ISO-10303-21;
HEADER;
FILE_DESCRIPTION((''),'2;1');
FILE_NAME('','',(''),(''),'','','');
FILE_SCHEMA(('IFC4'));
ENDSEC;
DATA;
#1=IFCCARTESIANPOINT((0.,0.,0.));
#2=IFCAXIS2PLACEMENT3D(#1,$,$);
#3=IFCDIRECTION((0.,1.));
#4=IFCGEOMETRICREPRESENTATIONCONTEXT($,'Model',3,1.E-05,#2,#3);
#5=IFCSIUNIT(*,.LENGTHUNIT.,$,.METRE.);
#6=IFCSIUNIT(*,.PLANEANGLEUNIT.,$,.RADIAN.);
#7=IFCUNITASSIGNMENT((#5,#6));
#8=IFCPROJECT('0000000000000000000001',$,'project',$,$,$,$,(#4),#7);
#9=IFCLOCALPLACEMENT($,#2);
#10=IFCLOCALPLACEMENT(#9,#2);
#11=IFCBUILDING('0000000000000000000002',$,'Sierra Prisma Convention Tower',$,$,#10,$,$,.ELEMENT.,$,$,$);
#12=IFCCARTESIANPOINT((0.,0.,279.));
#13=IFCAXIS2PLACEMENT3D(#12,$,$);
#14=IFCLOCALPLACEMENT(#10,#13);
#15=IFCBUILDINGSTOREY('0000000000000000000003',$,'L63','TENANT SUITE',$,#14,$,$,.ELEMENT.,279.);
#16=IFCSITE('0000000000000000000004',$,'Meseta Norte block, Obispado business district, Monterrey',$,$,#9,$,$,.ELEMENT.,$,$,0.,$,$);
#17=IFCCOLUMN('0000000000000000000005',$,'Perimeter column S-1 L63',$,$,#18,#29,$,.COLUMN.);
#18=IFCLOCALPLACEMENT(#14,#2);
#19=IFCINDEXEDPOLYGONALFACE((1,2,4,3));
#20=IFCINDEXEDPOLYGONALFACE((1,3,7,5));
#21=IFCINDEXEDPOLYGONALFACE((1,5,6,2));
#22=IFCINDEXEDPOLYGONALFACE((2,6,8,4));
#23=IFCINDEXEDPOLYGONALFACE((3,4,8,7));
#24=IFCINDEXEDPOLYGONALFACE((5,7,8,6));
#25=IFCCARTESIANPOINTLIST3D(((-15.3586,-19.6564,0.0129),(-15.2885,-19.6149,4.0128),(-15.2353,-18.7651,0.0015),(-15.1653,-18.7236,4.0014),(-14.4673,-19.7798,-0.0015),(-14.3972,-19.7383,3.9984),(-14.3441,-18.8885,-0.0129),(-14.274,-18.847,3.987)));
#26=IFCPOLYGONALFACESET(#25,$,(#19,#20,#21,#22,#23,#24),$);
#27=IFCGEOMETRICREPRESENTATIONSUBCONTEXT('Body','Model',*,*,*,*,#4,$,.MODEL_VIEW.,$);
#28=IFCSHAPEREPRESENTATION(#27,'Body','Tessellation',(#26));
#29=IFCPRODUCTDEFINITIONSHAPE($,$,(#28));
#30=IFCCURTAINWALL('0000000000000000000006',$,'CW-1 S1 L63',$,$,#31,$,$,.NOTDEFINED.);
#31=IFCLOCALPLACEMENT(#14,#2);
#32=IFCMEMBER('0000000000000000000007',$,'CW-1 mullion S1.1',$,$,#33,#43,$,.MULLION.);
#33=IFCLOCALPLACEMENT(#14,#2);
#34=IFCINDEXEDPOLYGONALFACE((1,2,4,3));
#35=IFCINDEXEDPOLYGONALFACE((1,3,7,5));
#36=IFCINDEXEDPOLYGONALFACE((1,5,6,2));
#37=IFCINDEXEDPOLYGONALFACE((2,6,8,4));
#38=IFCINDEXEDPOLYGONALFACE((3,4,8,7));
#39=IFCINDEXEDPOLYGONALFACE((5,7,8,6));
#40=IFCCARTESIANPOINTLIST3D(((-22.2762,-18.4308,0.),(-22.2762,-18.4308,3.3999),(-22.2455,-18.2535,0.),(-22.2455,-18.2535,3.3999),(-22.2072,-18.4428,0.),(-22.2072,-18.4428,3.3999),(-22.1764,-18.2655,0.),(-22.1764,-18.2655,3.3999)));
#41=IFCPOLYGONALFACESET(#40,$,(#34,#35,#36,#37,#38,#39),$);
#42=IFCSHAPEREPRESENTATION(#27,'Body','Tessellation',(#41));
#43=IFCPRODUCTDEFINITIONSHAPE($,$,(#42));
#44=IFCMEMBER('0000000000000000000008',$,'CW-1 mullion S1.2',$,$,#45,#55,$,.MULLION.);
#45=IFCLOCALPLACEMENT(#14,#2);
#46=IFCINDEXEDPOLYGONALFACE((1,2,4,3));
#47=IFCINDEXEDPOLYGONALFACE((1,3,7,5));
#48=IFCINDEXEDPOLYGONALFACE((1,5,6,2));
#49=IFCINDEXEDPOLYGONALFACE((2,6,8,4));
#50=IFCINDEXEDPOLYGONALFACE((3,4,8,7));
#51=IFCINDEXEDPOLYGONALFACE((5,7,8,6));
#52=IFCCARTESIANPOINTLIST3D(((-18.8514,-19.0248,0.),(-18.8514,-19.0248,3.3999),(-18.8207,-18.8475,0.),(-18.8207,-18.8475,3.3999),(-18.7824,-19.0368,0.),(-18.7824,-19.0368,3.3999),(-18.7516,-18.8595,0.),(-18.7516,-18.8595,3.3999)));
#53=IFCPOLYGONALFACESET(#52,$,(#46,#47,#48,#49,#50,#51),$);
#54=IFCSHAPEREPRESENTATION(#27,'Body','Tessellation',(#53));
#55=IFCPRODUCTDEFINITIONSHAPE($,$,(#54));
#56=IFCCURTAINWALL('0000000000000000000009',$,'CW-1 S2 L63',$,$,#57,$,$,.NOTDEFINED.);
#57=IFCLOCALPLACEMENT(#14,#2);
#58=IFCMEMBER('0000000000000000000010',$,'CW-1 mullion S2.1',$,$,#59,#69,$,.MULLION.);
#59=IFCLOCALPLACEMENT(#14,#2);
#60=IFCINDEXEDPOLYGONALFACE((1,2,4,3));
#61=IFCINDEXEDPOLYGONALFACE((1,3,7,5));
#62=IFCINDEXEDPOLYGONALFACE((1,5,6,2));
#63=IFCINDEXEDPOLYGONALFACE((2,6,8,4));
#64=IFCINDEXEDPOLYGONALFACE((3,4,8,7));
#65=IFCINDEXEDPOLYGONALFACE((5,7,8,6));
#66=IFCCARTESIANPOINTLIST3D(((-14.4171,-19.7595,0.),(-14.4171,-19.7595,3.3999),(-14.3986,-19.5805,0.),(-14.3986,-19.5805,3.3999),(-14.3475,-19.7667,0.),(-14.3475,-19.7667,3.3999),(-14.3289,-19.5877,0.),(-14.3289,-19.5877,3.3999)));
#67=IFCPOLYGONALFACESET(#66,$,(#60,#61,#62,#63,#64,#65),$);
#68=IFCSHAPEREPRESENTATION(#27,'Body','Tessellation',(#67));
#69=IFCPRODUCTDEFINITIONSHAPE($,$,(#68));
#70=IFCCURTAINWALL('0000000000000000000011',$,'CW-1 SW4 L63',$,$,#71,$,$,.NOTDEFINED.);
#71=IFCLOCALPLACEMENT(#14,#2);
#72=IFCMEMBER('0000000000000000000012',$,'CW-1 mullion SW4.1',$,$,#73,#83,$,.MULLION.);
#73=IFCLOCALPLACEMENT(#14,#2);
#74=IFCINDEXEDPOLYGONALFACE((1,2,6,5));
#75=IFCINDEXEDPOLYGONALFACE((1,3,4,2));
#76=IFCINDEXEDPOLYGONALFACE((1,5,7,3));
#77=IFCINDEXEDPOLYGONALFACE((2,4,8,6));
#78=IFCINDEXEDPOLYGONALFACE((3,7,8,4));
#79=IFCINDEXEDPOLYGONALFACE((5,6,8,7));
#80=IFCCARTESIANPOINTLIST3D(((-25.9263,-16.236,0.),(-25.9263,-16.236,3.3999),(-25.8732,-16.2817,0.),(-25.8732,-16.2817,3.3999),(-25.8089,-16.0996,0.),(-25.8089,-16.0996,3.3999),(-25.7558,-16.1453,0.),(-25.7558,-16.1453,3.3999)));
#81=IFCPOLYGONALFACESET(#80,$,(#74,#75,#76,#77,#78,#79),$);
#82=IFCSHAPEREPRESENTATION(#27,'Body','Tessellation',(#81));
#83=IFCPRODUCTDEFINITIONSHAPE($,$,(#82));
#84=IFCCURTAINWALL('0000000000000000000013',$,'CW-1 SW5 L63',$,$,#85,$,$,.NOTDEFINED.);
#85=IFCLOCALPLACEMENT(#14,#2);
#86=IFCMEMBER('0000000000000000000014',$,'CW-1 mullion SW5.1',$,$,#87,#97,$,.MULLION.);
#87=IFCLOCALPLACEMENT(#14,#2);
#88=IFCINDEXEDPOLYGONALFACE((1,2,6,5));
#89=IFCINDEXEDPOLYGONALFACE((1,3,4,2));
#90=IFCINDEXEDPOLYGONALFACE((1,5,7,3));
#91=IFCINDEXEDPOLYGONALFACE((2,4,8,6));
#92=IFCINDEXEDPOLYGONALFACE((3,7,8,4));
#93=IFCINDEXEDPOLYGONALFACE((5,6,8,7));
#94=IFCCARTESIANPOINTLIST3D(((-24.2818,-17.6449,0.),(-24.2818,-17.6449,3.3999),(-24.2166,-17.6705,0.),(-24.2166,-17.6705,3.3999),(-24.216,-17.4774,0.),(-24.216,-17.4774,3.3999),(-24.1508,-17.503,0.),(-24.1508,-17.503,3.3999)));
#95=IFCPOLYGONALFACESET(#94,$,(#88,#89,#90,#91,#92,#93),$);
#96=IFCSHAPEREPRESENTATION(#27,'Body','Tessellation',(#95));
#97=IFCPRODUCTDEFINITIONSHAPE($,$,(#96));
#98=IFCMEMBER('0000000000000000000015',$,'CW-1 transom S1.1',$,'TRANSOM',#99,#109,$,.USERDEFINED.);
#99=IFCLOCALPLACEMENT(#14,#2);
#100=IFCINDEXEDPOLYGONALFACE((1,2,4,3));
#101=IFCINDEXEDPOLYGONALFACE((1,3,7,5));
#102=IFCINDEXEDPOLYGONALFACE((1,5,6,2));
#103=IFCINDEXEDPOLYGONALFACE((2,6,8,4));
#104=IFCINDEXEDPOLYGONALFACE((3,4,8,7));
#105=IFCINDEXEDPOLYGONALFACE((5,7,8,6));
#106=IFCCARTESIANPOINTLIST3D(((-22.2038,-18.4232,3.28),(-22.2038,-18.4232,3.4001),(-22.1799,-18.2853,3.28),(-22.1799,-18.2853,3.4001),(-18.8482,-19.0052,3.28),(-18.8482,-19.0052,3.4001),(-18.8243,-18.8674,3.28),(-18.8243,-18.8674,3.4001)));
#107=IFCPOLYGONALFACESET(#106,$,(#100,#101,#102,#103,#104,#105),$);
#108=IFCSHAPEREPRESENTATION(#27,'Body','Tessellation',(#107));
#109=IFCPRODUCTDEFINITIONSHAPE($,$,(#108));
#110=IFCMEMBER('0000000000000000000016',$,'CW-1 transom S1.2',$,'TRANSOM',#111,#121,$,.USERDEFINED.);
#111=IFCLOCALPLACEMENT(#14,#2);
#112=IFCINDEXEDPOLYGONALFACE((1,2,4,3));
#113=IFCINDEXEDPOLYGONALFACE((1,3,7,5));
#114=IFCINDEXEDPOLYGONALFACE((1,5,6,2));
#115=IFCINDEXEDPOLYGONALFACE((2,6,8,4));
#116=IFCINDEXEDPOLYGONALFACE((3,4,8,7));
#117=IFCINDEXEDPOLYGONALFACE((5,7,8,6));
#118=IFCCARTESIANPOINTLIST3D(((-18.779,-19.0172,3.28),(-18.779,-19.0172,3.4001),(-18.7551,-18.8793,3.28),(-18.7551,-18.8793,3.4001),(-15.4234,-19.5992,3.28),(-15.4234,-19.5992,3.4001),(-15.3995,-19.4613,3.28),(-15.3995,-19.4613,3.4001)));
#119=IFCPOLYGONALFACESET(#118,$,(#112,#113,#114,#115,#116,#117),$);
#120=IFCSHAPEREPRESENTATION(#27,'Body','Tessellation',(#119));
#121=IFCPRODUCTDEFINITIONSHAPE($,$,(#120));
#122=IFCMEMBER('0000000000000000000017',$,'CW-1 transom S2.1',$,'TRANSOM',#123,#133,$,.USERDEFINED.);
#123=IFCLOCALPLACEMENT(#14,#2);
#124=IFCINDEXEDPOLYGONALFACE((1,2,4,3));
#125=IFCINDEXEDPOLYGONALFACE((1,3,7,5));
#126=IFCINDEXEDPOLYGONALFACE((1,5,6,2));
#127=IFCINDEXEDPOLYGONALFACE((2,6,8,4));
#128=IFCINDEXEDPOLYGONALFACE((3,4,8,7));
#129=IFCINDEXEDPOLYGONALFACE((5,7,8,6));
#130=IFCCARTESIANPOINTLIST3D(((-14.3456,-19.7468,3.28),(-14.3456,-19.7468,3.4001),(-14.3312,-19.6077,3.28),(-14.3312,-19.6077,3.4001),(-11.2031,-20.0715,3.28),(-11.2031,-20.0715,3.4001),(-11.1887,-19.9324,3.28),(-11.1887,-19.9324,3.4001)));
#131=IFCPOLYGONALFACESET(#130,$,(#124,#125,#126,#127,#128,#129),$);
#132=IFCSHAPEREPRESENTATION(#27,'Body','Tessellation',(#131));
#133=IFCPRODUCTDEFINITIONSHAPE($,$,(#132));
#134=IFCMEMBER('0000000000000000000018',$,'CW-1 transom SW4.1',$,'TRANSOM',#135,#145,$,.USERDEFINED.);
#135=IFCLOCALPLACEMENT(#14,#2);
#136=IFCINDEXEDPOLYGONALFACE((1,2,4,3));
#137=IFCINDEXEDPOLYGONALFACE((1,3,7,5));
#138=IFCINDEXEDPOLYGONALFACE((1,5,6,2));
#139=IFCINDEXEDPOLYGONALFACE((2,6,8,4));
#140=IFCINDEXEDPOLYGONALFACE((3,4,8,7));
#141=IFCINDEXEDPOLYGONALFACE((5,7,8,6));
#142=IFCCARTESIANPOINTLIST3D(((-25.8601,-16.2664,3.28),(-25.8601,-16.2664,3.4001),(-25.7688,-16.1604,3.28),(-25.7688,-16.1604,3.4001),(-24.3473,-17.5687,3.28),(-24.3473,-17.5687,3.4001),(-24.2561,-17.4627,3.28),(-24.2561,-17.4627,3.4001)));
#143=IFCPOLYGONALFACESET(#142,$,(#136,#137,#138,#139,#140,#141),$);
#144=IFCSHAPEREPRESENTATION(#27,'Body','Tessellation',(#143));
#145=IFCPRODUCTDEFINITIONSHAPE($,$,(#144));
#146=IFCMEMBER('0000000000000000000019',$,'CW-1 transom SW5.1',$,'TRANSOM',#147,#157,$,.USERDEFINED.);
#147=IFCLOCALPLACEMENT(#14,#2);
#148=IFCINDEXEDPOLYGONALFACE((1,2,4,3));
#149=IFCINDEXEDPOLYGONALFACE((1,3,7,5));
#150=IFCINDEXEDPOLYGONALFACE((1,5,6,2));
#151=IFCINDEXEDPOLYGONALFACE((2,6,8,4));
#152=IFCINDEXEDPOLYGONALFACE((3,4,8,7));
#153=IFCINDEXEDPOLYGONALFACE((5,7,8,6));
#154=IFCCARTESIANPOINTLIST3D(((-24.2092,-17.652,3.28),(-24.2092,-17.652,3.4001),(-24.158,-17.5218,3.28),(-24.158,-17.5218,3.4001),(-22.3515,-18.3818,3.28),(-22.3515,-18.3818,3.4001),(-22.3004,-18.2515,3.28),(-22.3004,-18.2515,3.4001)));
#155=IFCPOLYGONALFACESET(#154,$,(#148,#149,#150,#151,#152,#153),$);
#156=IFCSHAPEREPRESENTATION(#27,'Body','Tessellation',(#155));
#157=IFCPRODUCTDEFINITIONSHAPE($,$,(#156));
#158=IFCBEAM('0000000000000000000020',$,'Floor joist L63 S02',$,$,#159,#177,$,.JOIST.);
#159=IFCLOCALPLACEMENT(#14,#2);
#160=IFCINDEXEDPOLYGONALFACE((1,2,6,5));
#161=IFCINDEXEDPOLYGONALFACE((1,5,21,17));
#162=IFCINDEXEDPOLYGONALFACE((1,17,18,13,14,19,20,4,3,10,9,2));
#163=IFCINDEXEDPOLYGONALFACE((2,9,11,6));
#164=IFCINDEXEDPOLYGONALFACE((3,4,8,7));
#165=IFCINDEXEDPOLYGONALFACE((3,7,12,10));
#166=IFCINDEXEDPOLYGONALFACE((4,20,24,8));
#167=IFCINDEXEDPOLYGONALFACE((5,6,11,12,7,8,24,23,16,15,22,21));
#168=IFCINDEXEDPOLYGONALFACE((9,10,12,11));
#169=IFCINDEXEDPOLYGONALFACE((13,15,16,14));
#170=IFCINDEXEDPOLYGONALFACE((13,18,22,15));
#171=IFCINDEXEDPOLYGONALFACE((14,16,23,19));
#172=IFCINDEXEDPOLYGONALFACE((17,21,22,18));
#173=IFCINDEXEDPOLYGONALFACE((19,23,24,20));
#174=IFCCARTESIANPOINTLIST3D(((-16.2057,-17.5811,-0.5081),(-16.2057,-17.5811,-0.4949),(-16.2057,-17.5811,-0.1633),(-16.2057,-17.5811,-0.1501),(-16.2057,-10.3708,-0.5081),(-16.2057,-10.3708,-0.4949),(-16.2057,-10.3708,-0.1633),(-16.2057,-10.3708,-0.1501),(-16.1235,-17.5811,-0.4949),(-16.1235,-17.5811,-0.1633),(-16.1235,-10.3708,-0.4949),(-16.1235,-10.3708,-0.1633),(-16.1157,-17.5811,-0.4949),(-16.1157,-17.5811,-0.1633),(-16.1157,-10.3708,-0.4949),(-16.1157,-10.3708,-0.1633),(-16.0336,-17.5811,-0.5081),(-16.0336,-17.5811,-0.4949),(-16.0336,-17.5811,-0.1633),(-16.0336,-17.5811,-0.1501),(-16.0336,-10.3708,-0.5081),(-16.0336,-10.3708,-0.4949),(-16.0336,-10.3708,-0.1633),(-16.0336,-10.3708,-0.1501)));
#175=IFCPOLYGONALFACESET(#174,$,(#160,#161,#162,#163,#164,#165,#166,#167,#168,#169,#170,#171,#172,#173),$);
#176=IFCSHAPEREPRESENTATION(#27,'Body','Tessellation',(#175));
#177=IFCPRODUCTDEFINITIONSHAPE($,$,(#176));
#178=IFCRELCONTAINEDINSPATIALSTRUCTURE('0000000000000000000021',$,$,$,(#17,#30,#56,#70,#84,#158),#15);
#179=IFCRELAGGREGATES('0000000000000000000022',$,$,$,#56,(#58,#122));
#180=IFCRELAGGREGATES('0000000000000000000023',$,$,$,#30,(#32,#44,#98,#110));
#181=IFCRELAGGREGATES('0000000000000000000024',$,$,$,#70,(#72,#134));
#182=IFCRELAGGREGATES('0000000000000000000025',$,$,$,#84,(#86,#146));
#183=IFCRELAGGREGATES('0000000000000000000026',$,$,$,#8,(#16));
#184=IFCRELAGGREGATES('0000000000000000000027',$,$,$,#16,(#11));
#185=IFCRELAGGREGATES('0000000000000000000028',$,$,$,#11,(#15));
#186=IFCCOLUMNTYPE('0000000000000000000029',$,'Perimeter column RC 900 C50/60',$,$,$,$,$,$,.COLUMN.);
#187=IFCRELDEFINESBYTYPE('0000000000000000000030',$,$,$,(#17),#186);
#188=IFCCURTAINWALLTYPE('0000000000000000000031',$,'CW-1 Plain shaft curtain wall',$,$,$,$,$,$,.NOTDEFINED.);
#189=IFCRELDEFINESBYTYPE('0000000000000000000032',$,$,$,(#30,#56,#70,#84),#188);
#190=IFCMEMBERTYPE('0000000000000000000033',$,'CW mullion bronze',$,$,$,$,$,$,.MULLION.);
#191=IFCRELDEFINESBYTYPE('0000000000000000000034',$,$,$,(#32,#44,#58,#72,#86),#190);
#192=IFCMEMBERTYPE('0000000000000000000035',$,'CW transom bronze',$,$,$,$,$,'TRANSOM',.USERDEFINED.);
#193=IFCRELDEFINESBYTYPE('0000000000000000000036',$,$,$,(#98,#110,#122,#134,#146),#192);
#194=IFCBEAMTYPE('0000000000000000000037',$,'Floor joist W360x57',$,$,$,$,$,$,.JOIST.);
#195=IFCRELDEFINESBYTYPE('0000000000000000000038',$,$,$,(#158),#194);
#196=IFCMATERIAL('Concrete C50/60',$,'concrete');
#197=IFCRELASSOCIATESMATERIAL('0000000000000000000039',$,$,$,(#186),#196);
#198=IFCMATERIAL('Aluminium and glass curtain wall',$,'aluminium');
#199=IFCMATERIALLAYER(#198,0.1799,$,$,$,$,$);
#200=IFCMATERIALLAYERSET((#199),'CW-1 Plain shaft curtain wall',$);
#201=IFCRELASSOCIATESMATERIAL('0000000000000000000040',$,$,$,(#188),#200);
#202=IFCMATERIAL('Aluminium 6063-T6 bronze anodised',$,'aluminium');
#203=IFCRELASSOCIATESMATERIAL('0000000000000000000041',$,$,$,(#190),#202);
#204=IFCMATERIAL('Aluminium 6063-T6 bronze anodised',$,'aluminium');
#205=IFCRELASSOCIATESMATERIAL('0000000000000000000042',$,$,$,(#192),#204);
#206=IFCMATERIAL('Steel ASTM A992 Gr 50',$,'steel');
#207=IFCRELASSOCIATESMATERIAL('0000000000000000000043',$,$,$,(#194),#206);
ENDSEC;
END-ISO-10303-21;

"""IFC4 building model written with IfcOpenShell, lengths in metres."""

from ifc_helpers import new_model, si_unit, direction, frame, origin, origin_2d, place, context, subcontext, project, spatial, rectangle, i_section, extrude, material, layer, layer_set, material_profile, profile_set, type_object, element, aggregate, save


model = new_model("IFC4")

# Units and contexts
model_context = context("Model", 3, precision=1e-05, world=origin(), true_north=direction((0.0, 1.0)))
body_context = subcontext(model_context, "Body", "Model", "MODEL_VIEW")
ifc_project = project(units=[si_unit("LENGTHUNIT", "METRE"), si_unit("PLANEANGLEUNIT", "RADIAN")], contexts=[model_context])

# Site, building, storey
site_placement = place(None, origin())
site = spatial("IfcSite", under=ifc_project, at=site_placement, Name="Meseta Norte block, Obispado business district, Monterrey", CompositionType="ELEMENT", RefElevation=0.0)
building_placement = place(site_placement, origin())
building = spatial("IfcBuilding", under=site, at=building_placement, Name="Sierra Prisma Convention Tower", CompositionType="ELEMENT")
storey_placement = place(building_placement, frame((0.0, 0.0, 279.0)))
storey = spatial("IfcBuildingStorey", under=building, at=storey_placement, Name="L63", Description="TENANT SUITE", CompositionType="ELEMENT", Elevation=279.0)

# Column
ifc_material_1 = material(Name="Concrete C50/60", Category="concrete")
ifc_material_profile_1 = material_profile(ifc_material_1, rectangle(XDim=0.8999, YDim=0.8999, at=origin_2d()), Name="Perimeter column RC 900 C50/60")
ifc_profile_set_1 = profile_set([ifc_material_profile_1], Name="Concrete C50/60")
column_type = type_object("IfcColumnType", Name="Perimeter column RC 900 C50/60", PredefinedType="COLUMN", material=ifc_profile_set_1)
column_placement = place(storey_placement, frame((-14.8513, -19.2725, 0.0), z_axis=(0.017513, 0.010374, 0.999793), x_axis=(-0.990424, 0.137137, 0.015926)))
element("IfcColumn", 1, at=column_placement, inside=storey, type_object=column_type, Name="Perimeter column S-1 L63", PredefinedType="COLUMN", context=body_context, shape_type="SweptSolid", body=[
    extrude(rectangle(XDim=0.8999, YDim=0.8999, at=origin_2d()), origin(), (0.0, 0.0, 1.0), 4.0007),
])

# Curtain wall, members
ifc_material_2 = material(Name="Aluminium and glass curtain wall", Category="aluminium")
ifc_layer_1 = layer(ifc_material_2, 0.1799)
ifc_layer_set_1 = layer_set([ifc_layer_1], Name="CW-1 Plain shaft curtain wall")
curtain_wall_type = type_object("IfcCurtainWallType", Name="CW-1 Plain shaft curtain wall", PredefinedType="NOTDEFINED", material=ifc_layer_set_1)
curtain_wall_1_placement = place(storey_placement, origin())
curtain_wall_1 = element("IfcCurtainWall", 2, at=curtain_wall_1_placement, inside=storey, type_object=curtain_wall_type, Name="CW-1 S1 L63", PredefinedType="NOTDEFINED")
ifc_material_3 = material(Name="Aluminium 6063-T6 bronze anodised", Category="aluminium")
ifc_material_profile_2 = material_profile(ifc_material_3, rectangle(XDim=0.1799, YDim=0.0701, at=origin_2d()), Name="ALU MULLION 70x180")
ifc_profile_set_2 = profile_set([ifc_material_profile_2], Name="Aluminium 6063-T6 bronze anodised")
member_type_1 = type_object("IfcMemberType", Name="CW mullion bronze", PredefinedType="MULLION", material=ifc_profile_set_2)
member_1_placement = place(storey_placement, frame((-22.2263, -18.3481, 0.0), z_axis=(0.0, 0.0, 1.0), x_axis=(0.170902, 0.985288, 0.0)))
member_1 = element("IfcMember", 3, at=member_1_placement, type_object=member_type_1, Name="CW-1 mullion S1.1", PredefinedType="MULLION", context=body_context, shape_type="SweptSolid", body=[
    extrude(rectangle(XDim=0.1799, YDim=0.0701, at=origin_2d()), origin(), (0.0, 0.0, 1.0), 3.3999),
])
member_2_placement = place(storey_placement, frame((-18.8015, -18.9421, 0.0), z_axis=(0.0, 0.0, 1.0), x_axis=(0.170902, 0.985288, 0.0)))
member_2 = element("IfcMember", 4, at=member_2_placement, type_object=member_type_1, Name="CW-1 mullion S1.2", PredefinedType="MULLION", context=body_context, shape_type="SweptSolid", body=[
    extrude(rectangle(XDim=0.1799, YDim=0.0701, at=origin_2d()), origin(), (0.0, 0.0, 1.0), 3.3999),
])

# Curtain walls, members
curtain_wall_2_placement = place(storey_placement, origin())
curtain_wall_2 = element("IfcCurtainWall", 5, at=curtain_wall_2_placement, inside=storey, type_object=curtain_wall_type, Name="CW-1 S2 L63", PredefinedType="NOTDEFINED")
member_3_placement = place(storey_placement, frame((-14.373, -19.6736, 0.0), z_axis=(0.0, 0.0, 1.0), x_axis=(0.102865, 0.994695, 0.0)))
member_3 = element("IfcMember", 6, at=member_3_placement, type_object=member_type_1, Name="CW-1 mullion S2.1", PredefinedType="MULLION", context=body_context, shape_type="SweptSolid", body=[
    extrude(rectangle(XDim=0.1799, YDim=0.0701, at=origin_2d()), origin(), (0.0, 0.0, 1.0), 3.3999),
])
curtain_wall_3_placement = place(storey_placement, origin())
curtain_wall_3 = element("IfcCurtainWall", 7, at=curtain_wall_3_placement, inside=storey, type_object=curtain_wall_type, Name="CW-1 SW4 L63", PredefinedType="NOTDEFINED")
member_4_placement = place(storey_placement, frame((-25.8411, -16.1907, 0.0), z_axis=(0.0, 0.0, 1.0), x_axis=(0.652407, 0.757869, 0.0)))
member_4 = element("IfcMember", 8, at=member_4_placement, type_object=member_type_1, Name="CW-1 mullion SW4.1", PredefinedType="MULLION", context=body_context, shape_type="SweptSolid", body=[
    extrude(rectangle(XDim=0.1799, YDim=0.0701, at=origin_2d()), origin(), (0.0, 0.0, 1.0), 3.3999),
])
curtain_wall_4_placement = place(storey_placement, origin())
curtain_wall_4 = element("IfcCurtainWall", 9, at=curtain_wall_4_placement, inside=storey, type_object=curtain_wall_type, Name="CW-1 SW5 L63", PredefinedType="NOTDEFINED")
member_5_placement = place(storey_placement, frame((-24.2163, -17.574, 0.0), z_axis=(0.0, 0.0, 1.0), x_axis=(0.365634, 0.930759, 0.0)))
member_5 = element("IfcMember", 10, at=member_5_placement, type_object=member_type_1, Name="CW-1 mullion SW5.1", PredefinedType="MULLION", context=body_context, shape_type="SweptSolid", body=[
    extrude(rectangle(XDim=0.1799, YDim=0.0701, at=origin_2d()), origin(), (0.0, 0.0, 1.0), 3.3999),
])

# Members
ifc_material_4 = material(Name="Aluminium 6063-T6 bronze anodised", Category="aluminium")
ifc_material_profile_3 = material_profile(ifc_material_4, rectangle(XDim=0.1399, YDim=0.1201, at=origin_2d()), Name="ALU TRANSOM 120x140")
ifc_profile_set_3 = profile_set([ifc_material_profile_3], Name="Aluminium 6063-T6 bronze anodised")
member_type_2 = type_object("IfcMemberType", Name="CW transom bronze", ElementType="TRANSOM", PredefinedType="USERDEFINED", material=ifc_profile_set_3)
member_6_placement = place(storey_placement, frame((-22.1919, -18.3542, 3.3401), z_axis=(0.98529, -0.170893, 0.0), x_axis=(0.170893, 0.98529, 0.0)))
member_6 = element("IfcMember", 11, at=member_6_placement, type_object=member_type_2, Name="CW-1 transom S1.1", ObjectType="TRANSOM", PredefinedType="USERDEFINED", context=body_context, shape_type="SweptSolid", body=[
    extrude(rectangle(XDim=0.1399, YDim=0.1201, at=origin_2d()), origin(), (0.0, 0.0, 1.0), 3.4058),
])
member_7_placement = place(storey_placement, frame((-18.7671, -18.9482, 3.3401), z_axis=(0.98529, -0.170893, 0.0), x_axis=(0.170893, 0.98529, 0.0)))
member_7 = element("IfcMember", 12, at=member_7_placement, type_object=member_type_2, Name="CW-1 transom S1.2", ObjectType="TRANSOM", PredefinedType="USERDEFINED", context=body_context, shape_type="SweptSolid", body=[
    extrude(rectangle(XDim=0.1399, YDim=0.1201, at=origin_2d()), origin(), (0.0, 0.0, 1.0), 3.4058),
])
member_8_placement = place(storey_placement, frame((-14.3384, -19.6772, 3.3401), z_axis=(0.994704, -0.102786, 0.0), x_axis=(0.102786, 0.994704, 0.0)))
member_8 = element("IfcMember", 13, at=member_8_placement, type_object=member_type_2, Name="CW-1 transom S2.1", ObjectType="TRANSOM", PredefinedType="USERDEFINED", context=body_context, shape_type="SweptSolid", body=[
    extrude(rectangle(XDim=0.1399, YDim=0.1201, at=origin_2d()), origin(), (0.0, 0.0, 1.0), 3.1592),
])
aggregate(curtain_wall_2, [member_3, member_8])
member_9_placement = place(storey_placement, frame((-25.8145, -16.2134, 3.3401), z_axis=(0.757856, -0.652422, 0.0), x_axis=(0.652422, 0.757856, 0.0)))
member_9 = element("IfcMember", 14, at=member_9_placement, type_object=member_type_2, Name="CW-1 transom SW4.1", ObjectType="TRANSOM", PredefinedType="USERDEFINED", context=body_context, shape_type="SweptSolid", body=[
    extrude(rectangle(XDim=0.1399, YDim=0.1201, at=origin_2d()), origin(), (0.0, 0.0, 1.0), 1.9961),
])
member_10_placement = place(storey_placement, frame((-24.1836, -17.5869, 3.3401), z_axis=(0.930762, -0.365626, 0.0), x_axis=(0.365626, 0.930762, 0.0)))
member_10 = element("IfcMember", 15, at=member_10_placement, type_object=member_type_2, Name="CW-1 transom SW5.1", ObjectType="TRANSOM", PredefinedType="USERDEFINED", context=body_context, shape_type="SweptSolid", body=[
    extrude(rectangle(XDim=0.1399, YDim=0.1201, at=origin_2d()), origin(), (0.0, 0.0, 1.0), 1.9958),
])

# Beam
ifc_material_5 = material(Name="Steel ASTM A992 Gr 50", Category="steel")
ifc_material_profile_4 = material_profile(ifc_material_5, i_section(OverallWidth=0.1721, OverallDepth=0.3579, WebThickness=0.0078, FlangeThickness=0.0132, at=origin_2d()), Name="W360x57")
ifc_profile_set_4 = profile_set([ifc_material_profile_4], Name="Steel ASTM A992 Gr 50")
beam_type_1 = type_object("IfcBeamType", Name="Floor joist W360x57", PredefinedType="JOIST", material=ifc_profile_set_4)
beam_1_placement = place(storey_placement, frame((-16.1196, -17.5811, -0.3291), z_axis=(0.0, 1.0, 0.0), x_axis=(-1.0, 0.0, 0.0)))
element("IfcBeam", 16, at=beam_1_placement, inside=storey, type_object=beam_type_1, Name="Floor joist L63 S02", PredefinedType="JOIST", context=body_context, shape_type="SweptSolid", body=[
    extrude(i_section(OverallWidth=0.1721, OverallDepth=0.3579, WebThickness=0.0078, FlangeThickness=0.0132, at=origin_2d()), origin(), (0.0, 0.0, 1.0), 7.2102),
])

aggregate(curtain_wall_1, [member_1, member_2, member_6, member_7])

aggregate(curtain_wall_3, [member_4, member_9])
aggregate(curtain_wall_4, [member_5, member_10])

save(model, "model.ifc")
